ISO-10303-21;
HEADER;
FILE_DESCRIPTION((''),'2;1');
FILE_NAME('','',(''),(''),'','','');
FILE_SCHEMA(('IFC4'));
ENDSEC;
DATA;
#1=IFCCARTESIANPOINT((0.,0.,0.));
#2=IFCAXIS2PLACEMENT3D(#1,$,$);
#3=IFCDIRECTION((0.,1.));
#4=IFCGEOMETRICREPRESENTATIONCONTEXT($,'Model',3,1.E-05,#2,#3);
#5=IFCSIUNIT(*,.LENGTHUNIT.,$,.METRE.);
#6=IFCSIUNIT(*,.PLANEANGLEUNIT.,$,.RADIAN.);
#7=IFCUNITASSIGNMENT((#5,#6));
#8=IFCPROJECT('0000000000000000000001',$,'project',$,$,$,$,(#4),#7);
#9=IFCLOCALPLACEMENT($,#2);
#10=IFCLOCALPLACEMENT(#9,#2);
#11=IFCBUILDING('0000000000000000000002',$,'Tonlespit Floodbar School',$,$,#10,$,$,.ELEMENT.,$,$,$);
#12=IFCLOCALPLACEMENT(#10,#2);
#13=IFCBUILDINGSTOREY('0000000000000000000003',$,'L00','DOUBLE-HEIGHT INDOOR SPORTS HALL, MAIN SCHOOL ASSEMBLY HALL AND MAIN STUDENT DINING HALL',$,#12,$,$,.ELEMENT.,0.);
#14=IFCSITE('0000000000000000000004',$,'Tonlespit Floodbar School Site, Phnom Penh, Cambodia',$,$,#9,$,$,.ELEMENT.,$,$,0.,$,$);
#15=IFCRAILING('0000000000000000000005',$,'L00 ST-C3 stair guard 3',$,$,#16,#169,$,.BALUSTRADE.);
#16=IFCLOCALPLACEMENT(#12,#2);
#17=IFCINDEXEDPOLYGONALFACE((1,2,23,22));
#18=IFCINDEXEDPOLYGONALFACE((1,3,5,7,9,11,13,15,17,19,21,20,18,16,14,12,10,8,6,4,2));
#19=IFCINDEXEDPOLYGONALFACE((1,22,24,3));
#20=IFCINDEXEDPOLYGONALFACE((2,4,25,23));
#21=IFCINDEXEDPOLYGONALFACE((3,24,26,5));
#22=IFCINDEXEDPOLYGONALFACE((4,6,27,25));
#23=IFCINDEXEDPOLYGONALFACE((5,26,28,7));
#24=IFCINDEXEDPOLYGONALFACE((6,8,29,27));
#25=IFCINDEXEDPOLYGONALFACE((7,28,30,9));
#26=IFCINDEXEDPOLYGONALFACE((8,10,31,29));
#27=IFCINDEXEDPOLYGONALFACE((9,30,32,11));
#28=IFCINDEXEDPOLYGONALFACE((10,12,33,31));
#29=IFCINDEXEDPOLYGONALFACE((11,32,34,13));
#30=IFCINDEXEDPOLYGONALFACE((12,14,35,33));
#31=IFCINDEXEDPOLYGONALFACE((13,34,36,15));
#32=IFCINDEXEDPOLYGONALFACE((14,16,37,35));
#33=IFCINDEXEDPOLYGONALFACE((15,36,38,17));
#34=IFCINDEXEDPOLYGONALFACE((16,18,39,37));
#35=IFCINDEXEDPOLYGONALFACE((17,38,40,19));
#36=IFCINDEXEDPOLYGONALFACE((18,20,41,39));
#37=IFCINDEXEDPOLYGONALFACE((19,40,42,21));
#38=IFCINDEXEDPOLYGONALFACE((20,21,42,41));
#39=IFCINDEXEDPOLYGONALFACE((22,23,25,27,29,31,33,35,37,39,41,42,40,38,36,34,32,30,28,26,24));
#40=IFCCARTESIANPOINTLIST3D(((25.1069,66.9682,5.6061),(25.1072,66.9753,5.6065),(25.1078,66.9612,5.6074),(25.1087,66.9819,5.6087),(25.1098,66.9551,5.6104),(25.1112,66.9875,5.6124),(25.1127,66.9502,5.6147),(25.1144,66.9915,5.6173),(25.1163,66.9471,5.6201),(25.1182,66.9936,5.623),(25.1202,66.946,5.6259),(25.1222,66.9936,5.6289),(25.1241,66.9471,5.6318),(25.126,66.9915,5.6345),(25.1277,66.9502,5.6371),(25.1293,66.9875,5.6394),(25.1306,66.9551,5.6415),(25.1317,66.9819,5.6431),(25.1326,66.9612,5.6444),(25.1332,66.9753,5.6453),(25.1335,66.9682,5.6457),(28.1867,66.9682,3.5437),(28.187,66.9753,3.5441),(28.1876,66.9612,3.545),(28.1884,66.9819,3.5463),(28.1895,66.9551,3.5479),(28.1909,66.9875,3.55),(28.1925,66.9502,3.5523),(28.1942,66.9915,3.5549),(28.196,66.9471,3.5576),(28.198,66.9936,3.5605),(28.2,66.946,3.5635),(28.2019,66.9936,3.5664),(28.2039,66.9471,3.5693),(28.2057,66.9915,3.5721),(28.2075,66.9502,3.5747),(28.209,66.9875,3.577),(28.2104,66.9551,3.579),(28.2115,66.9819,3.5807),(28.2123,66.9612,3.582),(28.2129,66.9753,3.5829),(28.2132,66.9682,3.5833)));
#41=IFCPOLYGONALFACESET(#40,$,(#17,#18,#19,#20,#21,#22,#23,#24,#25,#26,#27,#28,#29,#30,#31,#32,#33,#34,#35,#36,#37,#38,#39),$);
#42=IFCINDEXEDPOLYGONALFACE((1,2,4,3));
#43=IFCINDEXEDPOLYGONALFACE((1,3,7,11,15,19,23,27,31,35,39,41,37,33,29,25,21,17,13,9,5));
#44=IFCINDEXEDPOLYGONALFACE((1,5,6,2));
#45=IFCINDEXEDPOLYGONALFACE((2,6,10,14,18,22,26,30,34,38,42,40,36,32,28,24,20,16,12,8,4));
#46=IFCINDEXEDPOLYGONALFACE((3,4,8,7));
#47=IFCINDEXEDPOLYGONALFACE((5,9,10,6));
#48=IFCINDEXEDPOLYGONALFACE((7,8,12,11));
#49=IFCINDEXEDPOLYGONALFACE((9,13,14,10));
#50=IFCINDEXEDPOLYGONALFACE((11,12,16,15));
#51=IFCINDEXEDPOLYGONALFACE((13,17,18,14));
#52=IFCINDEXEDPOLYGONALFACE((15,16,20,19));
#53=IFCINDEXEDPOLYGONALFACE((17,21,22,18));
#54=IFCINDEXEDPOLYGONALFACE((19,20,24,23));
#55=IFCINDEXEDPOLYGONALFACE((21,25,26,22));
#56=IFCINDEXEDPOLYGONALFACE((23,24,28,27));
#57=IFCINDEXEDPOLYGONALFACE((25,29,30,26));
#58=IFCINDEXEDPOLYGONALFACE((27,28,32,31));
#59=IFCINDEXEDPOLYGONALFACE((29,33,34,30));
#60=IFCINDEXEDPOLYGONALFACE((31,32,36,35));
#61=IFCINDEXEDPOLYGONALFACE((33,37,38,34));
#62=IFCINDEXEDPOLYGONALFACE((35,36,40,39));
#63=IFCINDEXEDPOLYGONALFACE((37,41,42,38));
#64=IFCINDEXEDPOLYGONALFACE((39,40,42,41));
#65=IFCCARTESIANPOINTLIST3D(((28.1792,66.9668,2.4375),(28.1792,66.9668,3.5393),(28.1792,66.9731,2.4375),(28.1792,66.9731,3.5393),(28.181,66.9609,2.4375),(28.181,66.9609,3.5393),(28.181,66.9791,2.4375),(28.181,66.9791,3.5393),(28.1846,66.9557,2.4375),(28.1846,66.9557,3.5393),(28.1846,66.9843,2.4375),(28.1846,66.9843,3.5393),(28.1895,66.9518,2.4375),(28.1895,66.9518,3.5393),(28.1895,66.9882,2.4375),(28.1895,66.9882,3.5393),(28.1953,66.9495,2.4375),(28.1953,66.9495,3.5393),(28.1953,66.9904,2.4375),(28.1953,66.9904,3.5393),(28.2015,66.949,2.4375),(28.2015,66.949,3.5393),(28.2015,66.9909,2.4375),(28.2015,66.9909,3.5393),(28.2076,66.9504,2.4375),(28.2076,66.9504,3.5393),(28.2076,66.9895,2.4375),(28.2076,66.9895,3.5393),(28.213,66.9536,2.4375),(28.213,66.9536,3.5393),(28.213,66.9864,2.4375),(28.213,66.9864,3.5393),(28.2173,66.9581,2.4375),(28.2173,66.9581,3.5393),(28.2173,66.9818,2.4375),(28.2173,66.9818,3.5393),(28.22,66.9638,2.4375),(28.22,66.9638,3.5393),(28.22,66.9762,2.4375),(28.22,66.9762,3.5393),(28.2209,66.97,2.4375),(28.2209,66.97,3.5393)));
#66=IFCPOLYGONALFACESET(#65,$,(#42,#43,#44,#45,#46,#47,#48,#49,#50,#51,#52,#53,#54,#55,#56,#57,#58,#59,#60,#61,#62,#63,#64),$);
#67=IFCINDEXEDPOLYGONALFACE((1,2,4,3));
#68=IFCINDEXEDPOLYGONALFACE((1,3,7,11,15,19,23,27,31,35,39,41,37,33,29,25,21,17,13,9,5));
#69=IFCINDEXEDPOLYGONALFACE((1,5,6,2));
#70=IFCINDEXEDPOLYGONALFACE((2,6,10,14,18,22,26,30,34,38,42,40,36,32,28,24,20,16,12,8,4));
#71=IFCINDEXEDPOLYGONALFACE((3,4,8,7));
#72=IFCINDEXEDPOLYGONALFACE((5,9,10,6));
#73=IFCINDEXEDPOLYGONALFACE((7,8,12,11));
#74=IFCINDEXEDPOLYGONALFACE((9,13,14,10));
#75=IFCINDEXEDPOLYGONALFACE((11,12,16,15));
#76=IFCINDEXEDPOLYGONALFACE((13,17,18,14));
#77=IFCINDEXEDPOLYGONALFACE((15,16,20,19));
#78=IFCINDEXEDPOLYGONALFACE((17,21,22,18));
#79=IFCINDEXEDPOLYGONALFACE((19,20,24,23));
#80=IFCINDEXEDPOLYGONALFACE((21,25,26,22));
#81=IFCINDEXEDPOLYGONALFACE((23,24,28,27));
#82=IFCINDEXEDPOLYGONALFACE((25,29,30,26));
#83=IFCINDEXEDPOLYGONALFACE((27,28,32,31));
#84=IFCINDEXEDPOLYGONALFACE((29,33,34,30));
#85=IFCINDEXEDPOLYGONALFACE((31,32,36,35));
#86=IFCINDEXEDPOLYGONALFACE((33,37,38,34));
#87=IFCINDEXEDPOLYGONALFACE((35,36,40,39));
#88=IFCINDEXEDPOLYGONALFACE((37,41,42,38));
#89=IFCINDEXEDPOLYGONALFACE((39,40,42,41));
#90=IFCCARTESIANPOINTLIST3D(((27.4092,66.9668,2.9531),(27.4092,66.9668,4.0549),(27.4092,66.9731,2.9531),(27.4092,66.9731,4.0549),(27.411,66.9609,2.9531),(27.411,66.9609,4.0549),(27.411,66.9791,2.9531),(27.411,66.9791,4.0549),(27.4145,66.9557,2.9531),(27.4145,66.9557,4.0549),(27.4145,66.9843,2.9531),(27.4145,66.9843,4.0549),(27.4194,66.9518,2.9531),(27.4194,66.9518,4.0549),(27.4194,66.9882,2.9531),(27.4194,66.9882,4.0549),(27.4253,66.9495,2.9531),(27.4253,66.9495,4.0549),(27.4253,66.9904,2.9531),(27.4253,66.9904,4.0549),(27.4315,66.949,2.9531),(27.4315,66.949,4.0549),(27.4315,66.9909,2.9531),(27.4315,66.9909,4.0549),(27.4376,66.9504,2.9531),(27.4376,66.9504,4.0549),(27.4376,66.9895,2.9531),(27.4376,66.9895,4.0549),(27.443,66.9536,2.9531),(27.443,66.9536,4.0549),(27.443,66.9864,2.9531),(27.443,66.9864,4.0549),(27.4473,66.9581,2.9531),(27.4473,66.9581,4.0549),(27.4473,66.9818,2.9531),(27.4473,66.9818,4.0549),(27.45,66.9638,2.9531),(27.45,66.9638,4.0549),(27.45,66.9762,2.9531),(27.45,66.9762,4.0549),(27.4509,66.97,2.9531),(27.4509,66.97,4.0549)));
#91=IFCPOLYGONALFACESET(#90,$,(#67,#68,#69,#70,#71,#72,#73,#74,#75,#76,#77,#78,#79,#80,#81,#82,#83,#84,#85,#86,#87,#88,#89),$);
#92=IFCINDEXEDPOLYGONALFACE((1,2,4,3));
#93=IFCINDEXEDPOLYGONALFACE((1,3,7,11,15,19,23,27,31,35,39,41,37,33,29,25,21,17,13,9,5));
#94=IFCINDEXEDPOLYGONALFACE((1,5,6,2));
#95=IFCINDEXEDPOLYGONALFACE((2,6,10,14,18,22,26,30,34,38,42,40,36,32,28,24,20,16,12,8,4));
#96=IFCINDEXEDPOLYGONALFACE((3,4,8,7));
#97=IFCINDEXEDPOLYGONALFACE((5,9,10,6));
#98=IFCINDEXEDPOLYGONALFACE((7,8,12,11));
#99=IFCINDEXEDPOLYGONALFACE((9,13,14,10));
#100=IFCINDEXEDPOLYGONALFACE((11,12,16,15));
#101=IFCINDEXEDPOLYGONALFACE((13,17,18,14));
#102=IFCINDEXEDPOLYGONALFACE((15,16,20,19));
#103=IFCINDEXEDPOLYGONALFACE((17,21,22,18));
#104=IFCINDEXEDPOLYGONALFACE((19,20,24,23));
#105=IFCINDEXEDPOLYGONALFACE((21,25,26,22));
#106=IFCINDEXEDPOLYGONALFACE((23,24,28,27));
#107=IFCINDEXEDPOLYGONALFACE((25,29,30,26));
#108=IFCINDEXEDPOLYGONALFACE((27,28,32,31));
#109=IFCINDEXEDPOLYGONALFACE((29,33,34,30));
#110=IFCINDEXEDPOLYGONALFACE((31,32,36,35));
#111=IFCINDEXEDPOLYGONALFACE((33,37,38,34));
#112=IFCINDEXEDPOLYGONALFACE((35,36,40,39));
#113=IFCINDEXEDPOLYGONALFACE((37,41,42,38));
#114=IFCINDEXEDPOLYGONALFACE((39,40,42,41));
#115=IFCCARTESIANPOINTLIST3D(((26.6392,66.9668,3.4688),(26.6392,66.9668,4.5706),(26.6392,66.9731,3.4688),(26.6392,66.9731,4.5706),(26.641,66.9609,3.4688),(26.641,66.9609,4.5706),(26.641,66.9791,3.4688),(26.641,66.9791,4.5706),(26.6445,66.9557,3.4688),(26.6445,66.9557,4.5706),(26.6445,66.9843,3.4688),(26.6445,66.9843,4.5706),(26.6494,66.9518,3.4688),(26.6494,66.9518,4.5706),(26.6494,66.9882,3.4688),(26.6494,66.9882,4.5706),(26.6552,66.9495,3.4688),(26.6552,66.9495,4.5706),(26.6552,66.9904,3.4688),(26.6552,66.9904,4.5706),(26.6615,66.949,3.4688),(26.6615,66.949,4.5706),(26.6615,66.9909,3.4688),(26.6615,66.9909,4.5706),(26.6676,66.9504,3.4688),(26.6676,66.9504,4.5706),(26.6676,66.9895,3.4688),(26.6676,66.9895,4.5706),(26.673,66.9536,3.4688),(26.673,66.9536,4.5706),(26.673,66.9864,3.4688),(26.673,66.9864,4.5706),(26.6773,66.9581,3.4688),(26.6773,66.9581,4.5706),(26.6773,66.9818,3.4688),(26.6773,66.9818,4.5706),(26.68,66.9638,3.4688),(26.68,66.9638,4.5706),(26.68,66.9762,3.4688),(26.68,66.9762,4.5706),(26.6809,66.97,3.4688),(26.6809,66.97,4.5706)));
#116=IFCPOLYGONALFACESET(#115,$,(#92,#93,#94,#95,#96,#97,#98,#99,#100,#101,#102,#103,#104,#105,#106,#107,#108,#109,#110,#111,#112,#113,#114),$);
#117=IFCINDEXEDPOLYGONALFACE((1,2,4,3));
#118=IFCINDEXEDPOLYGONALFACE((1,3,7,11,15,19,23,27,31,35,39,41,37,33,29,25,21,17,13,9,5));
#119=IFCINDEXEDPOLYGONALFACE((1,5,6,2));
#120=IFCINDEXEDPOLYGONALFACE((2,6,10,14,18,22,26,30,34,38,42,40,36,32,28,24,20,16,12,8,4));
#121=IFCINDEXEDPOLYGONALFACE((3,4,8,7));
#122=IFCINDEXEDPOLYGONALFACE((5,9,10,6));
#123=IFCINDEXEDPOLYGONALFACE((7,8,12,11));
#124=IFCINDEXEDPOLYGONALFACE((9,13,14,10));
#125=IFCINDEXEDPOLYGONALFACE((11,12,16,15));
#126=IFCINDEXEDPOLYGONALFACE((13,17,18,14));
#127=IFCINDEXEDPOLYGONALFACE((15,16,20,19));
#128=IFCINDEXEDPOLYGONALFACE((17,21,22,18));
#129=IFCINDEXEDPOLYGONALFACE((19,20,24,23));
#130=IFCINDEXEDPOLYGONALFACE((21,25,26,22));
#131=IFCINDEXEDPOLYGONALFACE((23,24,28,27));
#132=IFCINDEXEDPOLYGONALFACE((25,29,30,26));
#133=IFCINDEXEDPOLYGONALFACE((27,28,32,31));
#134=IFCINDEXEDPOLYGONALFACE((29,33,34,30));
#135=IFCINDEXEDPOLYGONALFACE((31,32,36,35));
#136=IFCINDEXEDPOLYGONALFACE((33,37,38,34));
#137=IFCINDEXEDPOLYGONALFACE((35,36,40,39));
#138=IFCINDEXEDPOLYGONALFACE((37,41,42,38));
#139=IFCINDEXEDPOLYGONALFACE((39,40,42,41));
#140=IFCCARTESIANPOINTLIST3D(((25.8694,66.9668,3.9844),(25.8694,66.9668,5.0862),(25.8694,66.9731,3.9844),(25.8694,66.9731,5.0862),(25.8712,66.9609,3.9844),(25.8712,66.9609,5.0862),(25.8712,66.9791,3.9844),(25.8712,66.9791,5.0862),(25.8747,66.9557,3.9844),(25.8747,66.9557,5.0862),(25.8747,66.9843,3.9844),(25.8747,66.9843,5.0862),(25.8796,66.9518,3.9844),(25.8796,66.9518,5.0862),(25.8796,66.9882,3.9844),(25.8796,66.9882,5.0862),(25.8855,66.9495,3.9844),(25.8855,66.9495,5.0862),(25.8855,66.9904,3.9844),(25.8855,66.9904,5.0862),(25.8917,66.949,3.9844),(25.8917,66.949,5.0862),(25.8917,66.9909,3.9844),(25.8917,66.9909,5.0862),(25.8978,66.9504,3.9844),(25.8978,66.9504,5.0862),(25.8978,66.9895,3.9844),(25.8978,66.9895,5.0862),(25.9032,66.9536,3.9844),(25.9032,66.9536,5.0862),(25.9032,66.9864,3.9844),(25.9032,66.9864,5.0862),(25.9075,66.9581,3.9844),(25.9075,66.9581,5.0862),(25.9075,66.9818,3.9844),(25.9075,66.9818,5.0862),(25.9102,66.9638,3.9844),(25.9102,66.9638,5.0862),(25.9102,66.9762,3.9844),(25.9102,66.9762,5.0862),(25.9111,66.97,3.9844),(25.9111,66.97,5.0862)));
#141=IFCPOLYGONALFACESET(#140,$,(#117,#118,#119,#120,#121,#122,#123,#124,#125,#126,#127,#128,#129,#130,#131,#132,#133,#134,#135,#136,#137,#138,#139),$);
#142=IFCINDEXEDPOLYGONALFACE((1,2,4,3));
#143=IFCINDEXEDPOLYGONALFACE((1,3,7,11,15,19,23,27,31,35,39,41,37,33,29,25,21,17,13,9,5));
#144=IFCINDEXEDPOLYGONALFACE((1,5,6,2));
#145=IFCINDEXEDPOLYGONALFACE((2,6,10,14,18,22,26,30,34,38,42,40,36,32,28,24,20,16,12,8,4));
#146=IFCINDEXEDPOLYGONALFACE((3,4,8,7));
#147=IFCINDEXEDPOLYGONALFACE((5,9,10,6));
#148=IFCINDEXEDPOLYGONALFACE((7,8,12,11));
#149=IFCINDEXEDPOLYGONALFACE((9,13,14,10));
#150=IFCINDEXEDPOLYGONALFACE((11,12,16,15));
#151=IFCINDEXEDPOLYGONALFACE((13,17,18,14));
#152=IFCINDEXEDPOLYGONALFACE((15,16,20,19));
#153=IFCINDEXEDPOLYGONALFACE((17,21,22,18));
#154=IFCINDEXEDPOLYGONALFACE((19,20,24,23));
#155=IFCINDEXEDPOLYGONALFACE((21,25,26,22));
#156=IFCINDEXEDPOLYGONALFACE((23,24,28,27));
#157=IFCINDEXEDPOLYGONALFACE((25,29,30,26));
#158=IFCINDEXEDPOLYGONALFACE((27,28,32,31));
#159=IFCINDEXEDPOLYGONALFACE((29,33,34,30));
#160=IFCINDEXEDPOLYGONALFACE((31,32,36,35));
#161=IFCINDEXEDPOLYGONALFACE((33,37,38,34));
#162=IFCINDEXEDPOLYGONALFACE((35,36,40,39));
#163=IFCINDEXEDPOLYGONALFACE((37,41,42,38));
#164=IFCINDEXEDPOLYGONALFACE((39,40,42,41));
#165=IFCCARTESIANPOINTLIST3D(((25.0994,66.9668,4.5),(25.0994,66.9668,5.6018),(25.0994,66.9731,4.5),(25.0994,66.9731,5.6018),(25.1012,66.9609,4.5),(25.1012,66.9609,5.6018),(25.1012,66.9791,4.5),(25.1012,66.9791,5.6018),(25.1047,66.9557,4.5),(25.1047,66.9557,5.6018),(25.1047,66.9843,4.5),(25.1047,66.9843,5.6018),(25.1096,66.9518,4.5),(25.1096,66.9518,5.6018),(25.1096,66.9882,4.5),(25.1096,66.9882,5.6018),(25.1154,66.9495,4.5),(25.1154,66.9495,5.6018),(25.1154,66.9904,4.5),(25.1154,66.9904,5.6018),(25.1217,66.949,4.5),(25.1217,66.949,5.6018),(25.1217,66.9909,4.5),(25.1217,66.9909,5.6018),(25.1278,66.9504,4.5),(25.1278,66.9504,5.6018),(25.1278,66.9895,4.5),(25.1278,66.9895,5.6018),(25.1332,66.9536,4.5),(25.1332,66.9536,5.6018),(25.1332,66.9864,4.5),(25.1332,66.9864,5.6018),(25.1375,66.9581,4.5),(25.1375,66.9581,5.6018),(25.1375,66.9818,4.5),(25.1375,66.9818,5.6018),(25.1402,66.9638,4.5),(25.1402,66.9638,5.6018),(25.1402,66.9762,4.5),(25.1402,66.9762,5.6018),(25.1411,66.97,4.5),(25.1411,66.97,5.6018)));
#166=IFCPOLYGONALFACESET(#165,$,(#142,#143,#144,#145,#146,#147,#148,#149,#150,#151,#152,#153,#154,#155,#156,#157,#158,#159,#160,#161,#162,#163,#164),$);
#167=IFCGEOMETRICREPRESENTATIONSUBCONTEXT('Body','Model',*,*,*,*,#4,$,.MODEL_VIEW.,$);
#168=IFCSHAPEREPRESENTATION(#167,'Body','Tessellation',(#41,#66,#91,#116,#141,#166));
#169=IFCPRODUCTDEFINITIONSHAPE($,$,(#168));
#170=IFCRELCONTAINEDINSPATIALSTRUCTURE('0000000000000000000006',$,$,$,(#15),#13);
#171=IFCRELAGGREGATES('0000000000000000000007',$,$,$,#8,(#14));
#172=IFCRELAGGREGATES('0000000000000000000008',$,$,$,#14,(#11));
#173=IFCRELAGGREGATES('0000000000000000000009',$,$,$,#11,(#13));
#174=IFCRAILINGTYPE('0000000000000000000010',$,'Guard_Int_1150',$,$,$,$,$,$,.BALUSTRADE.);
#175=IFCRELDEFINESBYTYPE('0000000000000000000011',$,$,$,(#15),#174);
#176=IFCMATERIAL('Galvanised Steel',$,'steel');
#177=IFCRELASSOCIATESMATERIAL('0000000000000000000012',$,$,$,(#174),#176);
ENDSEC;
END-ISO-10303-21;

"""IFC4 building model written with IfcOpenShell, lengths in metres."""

from ifc_helpers import new_model, si_unit, direction, frame, origin, origin_2d, place, context, subcontext, project, spatial, circle, extrude, material, type_object, element, save


model = new_model("IFC4")

# Units and contexts
model_context = context("Model", 3, precision=1e-05, world=origin(), true_north=direction((0.0, 1.0)))
body_context = subcontext(model_context, "Body", "Model", "MODEL_VIEW")
ifc_project = project(units=[si_unit("LENGTHUNIT", "METRE"), si_unit("PLANEANGLEUNIT", "RADIAN")], contexts=[model_context])

# Site, building, storey
site_placement = place(None, origin())
site = spatial("IfcSite", under=ifc_project, at=site_placement, Name="Tonlespit Floodbar School Site, Phnom Penh, Cambodia", CompositionType="ELEMENT", RefElevation=0.0)
building_placement = place(site_placement, origin())
building = spatial("IfcBuilding", under=site, at=building_placement, Name="Tonlespit Floodbar School", CompositionType="ELEMENT")
storey_placement = place(building_placement, origin())
storey = spatial("IfcBuildingStorey", under=building, at=storey_placement, Name="L00", Description="DOUBLE-HEIGHT INDOOR SPORTS HALL, MAIN SCHOOL ASSEMBLY HALL AND MAIN STUDENT DINING HALL", CompositionType="ELEMENT", Elevation=0.0)

# Railing
ifc_material_1 = material(Name="Galvanised Steel", Category="steel")
railing_type_1 = type_object("IfcRailingType", Name="Guard_Int_1150", PredefinedType="BALUSTRADE", material=ifc_material_1)
railing_1_placement = place(storey_placement, frame((28.2, 66.97, 2.4375)))
element("IfcRailing", 1, at=railing_1_placement, inside=storey, type_object=railing_type_1, Name="L00 ST-C3 stair guard 3", PredefinedType="BALUSTRADE", context=body_context, shape_type="SweptSolid", body=[
    extrude(circle(Radius=0.0239, at=origin_2d()), frame((0.0, 0.0, 1.126), z_axis=(-0.830893, 0.0, 0.556432), x_axis=(0.0, -1.0, 0.0)), (0.0, 0.0, 1.0), 3.7065),
    extrude(circle(Radius=0.021, at=origin_2d()), origin(), (0.0, 0.0, 1.0), 1.1018),
    extrude(circle(Radius=0.021, at=origin_2d()), frame((-0.77, 0.0, 0.5156)), (0.0, 0.0, 1.0), 1.1018),
    extrude(circle(Radius=0.021, at=origin_2d()), frame((-1.54, 0.0, 1.0312)), (0.0, 0.0, 1.0), 1.1018),
    extrude(circle(Radius=0.021, at=origin_2d()), frame((-2.3098, 0.0, 1.5469)), (0.0, 0.0, 1.0), 1.1018),
    extrude(circle(Radius=0.021, at=origin_2d()), frame((-3.0798, 0.0, 2.0625)), (0.0, 0.0, 1.0), 1.1018),
])

save(model, "model.ifc")
